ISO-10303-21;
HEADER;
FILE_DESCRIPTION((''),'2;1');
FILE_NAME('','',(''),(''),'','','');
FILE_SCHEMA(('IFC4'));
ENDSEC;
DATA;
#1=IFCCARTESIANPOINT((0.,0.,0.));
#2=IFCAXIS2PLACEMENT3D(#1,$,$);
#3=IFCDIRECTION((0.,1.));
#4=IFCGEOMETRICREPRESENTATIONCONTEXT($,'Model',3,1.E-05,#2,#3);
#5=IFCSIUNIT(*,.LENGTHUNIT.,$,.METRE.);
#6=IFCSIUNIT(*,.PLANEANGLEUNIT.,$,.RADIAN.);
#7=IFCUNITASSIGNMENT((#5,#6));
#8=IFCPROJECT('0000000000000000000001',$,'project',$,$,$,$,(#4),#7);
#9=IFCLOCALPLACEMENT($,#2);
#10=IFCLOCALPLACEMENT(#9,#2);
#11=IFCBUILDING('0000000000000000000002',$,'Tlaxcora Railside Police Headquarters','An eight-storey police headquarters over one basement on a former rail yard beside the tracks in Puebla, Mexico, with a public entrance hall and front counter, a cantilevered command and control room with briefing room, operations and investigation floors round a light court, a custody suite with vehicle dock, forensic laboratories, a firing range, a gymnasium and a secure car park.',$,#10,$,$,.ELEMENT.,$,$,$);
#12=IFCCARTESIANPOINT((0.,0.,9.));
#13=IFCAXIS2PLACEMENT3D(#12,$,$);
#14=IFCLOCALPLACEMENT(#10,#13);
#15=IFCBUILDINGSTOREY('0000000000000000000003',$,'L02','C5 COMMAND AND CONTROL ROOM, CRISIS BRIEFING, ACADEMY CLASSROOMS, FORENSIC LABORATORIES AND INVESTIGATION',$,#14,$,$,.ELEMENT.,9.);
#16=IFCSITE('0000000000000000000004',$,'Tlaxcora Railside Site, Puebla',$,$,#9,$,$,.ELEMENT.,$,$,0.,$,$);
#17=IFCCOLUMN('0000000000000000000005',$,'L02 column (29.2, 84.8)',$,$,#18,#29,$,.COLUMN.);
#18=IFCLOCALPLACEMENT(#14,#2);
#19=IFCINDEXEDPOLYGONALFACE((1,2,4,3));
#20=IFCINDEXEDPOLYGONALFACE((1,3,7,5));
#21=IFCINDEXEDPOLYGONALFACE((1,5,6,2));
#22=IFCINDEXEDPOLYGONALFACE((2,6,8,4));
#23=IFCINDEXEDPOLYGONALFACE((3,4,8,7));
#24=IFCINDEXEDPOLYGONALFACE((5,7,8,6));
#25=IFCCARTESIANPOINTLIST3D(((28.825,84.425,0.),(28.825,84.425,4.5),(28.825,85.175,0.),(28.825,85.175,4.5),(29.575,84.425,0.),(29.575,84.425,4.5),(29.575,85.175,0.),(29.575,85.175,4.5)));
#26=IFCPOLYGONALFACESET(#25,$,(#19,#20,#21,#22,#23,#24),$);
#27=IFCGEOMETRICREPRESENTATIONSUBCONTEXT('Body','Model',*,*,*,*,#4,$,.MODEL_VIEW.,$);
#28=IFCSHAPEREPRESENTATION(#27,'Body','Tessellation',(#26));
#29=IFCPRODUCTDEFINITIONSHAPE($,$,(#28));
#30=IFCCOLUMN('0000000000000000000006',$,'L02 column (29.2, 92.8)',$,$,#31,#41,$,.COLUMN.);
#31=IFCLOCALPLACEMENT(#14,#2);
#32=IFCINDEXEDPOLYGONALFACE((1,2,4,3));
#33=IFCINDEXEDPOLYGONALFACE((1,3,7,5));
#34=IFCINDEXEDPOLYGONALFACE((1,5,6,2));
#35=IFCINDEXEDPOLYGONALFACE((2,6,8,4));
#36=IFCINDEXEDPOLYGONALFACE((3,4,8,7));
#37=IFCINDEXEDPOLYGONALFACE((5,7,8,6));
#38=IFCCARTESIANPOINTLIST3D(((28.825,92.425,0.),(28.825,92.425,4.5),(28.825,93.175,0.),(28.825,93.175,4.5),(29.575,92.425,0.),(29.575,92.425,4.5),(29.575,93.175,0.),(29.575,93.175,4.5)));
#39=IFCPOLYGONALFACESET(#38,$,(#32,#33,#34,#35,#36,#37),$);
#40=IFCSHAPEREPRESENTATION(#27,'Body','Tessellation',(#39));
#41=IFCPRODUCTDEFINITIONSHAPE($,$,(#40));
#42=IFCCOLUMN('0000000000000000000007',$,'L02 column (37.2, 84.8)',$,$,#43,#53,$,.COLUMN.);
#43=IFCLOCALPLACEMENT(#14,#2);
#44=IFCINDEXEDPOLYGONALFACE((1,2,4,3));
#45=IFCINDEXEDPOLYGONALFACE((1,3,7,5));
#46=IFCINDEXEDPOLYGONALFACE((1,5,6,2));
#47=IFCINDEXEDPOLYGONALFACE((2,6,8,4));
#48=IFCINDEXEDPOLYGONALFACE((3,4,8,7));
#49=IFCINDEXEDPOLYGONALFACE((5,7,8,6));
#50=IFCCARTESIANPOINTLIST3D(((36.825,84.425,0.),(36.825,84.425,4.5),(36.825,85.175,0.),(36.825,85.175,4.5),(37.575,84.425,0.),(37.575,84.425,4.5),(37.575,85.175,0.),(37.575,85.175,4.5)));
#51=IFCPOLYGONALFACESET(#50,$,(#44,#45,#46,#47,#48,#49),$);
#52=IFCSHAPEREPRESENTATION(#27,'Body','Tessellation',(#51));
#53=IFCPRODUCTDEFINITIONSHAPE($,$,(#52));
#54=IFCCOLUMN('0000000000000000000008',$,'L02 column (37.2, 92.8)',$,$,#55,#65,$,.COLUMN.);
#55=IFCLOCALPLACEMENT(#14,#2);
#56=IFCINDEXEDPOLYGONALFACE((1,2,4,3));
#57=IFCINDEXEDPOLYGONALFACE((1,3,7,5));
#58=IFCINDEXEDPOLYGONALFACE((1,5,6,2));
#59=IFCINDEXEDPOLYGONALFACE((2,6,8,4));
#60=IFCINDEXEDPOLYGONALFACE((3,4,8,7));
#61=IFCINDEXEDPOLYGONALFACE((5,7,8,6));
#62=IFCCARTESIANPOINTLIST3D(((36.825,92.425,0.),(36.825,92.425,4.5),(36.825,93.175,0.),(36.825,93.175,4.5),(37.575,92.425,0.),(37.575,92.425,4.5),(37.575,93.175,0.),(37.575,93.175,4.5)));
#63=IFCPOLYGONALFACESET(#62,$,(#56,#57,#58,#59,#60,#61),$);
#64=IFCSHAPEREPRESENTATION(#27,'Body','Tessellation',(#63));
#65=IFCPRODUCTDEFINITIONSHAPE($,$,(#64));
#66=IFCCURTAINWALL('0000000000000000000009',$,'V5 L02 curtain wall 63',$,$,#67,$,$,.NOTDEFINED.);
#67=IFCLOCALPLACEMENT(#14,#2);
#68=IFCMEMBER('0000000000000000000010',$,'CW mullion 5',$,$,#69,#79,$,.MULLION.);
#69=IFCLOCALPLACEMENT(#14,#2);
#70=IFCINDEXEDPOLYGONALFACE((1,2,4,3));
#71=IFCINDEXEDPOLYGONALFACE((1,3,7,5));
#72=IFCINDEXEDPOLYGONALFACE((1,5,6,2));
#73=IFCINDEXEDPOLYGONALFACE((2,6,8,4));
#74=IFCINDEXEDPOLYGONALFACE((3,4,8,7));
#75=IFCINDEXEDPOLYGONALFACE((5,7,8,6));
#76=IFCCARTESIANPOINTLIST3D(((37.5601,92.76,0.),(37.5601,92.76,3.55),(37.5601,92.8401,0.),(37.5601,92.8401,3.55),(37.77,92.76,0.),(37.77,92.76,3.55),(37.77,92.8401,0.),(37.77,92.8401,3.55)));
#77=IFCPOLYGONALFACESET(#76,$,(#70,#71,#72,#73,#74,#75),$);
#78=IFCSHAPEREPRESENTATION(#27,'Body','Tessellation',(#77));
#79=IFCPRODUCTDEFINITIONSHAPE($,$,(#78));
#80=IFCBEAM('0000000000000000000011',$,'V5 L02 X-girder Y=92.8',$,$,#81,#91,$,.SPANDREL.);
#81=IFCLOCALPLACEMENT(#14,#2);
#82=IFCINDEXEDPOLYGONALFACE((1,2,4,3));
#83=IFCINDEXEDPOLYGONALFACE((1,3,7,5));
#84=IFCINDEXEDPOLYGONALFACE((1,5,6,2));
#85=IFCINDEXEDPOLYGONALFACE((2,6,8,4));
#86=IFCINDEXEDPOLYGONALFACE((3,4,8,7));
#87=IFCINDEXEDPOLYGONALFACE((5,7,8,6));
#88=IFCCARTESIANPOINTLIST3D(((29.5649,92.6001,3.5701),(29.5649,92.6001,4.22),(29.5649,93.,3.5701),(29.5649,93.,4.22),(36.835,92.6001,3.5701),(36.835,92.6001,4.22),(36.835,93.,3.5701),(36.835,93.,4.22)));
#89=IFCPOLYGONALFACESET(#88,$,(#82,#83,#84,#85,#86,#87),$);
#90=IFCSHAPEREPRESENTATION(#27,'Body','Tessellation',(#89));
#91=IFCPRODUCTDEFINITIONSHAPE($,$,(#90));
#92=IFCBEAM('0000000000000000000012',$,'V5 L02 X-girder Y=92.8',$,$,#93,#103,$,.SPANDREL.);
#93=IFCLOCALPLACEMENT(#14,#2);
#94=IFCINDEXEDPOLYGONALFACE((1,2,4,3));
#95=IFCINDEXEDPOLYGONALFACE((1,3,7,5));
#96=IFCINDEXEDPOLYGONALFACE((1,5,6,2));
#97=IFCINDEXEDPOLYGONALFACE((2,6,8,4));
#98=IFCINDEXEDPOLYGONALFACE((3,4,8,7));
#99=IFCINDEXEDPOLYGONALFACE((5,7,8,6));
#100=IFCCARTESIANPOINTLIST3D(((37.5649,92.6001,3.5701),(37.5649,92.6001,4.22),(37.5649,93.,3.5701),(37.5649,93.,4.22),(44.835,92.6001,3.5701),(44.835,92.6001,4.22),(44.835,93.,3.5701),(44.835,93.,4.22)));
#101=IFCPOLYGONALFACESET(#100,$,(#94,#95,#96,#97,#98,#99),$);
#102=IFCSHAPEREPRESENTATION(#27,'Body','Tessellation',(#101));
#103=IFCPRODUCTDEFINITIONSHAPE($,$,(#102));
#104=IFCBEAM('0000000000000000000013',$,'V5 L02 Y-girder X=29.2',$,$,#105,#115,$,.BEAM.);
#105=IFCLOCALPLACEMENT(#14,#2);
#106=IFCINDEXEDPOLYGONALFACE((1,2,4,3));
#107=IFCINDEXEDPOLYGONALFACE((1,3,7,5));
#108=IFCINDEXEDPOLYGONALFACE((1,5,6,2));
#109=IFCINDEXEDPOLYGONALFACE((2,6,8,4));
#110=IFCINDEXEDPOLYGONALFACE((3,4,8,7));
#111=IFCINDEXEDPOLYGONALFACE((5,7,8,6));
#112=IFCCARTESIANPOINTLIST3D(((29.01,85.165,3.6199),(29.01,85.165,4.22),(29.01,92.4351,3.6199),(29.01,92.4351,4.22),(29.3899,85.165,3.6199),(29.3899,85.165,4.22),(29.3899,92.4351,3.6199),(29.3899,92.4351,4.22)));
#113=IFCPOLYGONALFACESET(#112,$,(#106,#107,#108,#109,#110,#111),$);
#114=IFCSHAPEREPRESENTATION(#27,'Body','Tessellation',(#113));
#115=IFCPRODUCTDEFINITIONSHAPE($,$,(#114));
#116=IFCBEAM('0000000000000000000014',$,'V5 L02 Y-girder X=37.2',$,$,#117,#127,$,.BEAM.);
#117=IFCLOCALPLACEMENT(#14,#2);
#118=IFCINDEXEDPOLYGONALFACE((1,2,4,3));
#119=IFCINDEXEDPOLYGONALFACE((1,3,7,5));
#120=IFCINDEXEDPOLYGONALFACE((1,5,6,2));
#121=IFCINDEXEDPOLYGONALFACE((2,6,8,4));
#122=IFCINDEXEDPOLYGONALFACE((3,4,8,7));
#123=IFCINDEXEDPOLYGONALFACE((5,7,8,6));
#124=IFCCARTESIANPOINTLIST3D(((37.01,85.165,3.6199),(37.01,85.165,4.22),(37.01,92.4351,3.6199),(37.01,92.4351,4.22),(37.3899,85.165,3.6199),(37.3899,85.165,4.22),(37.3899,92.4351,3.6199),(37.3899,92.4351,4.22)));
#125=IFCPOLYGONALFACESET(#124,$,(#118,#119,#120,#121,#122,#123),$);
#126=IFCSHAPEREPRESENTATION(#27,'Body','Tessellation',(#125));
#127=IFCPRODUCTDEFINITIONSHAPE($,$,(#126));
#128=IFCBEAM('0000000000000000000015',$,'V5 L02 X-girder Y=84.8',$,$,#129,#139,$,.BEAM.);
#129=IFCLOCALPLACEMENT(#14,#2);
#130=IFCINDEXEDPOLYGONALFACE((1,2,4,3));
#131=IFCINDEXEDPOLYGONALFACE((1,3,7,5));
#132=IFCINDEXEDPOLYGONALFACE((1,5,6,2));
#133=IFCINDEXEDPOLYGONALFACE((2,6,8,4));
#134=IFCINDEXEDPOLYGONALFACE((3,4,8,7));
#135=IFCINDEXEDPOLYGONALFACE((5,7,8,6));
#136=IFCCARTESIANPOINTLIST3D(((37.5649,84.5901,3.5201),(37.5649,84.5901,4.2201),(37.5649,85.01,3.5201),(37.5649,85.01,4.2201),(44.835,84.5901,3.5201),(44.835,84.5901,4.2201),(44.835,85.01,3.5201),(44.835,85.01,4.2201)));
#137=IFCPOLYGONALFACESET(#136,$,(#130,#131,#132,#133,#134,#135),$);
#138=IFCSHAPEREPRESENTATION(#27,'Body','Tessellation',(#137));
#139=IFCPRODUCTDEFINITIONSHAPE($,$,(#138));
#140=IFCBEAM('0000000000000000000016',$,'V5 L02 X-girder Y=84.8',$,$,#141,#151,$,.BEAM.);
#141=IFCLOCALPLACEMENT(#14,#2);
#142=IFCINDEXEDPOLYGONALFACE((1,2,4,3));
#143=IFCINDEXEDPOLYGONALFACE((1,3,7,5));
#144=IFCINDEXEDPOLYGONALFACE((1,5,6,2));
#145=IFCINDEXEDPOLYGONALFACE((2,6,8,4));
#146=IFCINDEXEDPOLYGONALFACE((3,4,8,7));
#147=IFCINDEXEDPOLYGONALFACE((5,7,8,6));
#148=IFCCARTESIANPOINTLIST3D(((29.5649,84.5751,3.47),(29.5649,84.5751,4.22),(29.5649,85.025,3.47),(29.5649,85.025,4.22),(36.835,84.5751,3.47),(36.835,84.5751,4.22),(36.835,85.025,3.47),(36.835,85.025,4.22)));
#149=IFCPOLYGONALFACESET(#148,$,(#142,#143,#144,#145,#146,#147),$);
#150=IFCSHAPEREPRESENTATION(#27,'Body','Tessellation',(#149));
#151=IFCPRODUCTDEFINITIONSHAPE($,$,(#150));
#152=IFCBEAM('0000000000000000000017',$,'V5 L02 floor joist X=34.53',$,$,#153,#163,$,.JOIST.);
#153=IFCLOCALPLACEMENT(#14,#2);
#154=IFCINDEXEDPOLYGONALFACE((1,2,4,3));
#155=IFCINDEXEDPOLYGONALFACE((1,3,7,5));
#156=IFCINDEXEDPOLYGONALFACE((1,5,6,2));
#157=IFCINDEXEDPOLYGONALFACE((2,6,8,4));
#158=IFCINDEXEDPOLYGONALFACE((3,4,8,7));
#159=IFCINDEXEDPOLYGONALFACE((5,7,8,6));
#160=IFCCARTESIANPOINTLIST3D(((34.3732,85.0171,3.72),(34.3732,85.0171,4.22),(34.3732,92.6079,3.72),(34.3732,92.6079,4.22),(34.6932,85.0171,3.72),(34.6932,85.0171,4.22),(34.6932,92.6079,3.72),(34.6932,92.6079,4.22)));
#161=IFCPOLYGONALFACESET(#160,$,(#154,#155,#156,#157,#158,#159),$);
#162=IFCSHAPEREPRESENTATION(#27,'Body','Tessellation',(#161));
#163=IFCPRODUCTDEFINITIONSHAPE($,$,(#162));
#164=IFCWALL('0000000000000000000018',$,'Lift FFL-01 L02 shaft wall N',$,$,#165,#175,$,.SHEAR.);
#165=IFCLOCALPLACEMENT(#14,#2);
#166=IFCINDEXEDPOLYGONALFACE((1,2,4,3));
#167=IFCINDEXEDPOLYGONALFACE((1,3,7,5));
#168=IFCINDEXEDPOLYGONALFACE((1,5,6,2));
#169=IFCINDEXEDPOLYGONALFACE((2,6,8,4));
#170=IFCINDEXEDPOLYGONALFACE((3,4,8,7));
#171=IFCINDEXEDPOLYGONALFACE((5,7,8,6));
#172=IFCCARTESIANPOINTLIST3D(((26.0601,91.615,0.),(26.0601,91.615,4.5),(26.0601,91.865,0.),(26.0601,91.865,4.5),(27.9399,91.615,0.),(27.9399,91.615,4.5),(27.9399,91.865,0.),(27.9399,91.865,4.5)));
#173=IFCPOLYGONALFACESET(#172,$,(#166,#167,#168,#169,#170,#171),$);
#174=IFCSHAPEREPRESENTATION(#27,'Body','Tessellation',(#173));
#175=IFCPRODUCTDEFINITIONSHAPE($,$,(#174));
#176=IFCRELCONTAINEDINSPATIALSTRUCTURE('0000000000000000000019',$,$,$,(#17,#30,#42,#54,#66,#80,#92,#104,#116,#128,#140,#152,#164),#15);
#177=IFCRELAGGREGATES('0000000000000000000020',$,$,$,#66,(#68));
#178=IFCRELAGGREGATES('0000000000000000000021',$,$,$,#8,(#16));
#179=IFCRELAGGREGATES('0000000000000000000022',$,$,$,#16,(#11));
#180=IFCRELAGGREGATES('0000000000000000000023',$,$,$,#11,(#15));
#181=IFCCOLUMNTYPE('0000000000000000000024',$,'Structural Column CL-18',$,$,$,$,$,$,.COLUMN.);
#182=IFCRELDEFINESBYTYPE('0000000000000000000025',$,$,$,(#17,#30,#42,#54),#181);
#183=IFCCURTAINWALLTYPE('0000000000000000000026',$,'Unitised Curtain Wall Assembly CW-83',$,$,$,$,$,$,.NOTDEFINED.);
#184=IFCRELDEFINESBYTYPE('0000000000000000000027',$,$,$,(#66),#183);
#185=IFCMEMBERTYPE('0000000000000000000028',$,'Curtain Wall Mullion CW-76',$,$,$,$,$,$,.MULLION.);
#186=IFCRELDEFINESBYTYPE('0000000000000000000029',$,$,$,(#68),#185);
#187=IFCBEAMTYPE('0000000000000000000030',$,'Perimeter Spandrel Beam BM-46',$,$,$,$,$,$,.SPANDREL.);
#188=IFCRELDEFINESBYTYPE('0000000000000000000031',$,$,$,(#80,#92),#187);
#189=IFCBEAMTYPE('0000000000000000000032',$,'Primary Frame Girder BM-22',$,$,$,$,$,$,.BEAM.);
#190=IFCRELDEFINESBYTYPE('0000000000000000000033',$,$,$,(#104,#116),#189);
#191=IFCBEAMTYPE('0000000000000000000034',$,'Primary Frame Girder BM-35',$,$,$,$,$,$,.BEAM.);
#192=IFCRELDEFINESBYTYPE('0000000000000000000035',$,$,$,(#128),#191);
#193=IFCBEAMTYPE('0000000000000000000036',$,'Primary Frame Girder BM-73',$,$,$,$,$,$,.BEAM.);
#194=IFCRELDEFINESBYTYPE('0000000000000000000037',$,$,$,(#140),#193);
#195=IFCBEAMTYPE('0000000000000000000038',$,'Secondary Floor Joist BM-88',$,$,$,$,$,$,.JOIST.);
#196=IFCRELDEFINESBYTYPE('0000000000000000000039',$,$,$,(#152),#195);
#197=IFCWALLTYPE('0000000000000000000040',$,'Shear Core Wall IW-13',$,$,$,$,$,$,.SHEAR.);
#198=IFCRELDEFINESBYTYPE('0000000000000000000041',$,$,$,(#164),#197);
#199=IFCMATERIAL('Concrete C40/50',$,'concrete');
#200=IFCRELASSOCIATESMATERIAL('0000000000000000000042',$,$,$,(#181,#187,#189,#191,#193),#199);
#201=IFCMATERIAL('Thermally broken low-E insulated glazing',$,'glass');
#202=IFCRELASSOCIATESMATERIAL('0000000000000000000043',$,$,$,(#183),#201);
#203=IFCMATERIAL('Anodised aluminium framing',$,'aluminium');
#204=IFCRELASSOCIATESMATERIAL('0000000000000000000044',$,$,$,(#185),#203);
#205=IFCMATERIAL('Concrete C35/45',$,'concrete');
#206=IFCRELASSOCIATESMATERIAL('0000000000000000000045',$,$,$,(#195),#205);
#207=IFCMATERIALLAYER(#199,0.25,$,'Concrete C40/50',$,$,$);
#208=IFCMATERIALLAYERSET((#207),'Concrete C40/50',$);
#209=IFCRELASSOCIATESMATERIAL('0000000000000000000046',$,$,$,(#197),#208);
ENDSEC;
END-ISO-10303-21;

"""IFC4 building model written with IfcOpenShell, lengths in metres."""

from ifc_helpers import new_model, si_unit, direction, frame, frame_2d, origin, origin_2d, place, context, subcontext, project, spatial, rectangle, extrude, material, layer, layer_set, material_profile, profile_set, type_object, element, aggregate, save


model = new_model("IFC4")

# Units and contexts
model_context = context("Model", 3, precision=1e-05, world=origin(), true_north=direction((0.0, 1.0)))
body_context = subcontext(model_context, "Body", "Model", "MODEL_VIEW")
ifc_project = project(units=[si_unit("LENGTHUNIT", "METRE"), si_unit("PLANEANGLEUNIT", "RADIAN")], contexts=[model_context])

# Site, building, storey
site_placement = place(None, origin())
site = spatial("IfcSite", under=ifc_project, at=site_placement, Name="Tlaxcora Railside Site, Puebla", CompositionType="ELEMENT", RefElevation=0.0)
building_placement = place(site_placement, origin())
building = spatial("IfcBuilding", under=site, at=building_placement, Name="Tlaxcora Railside Police Headquarters", Description="An eight-storey police headquarters over one basement on a former rail yard beside the tracks in Puebla, Mexico, with a public entrance hall and front counter, a cantilevered command and control room with briefing room, operations and investigation floors round a light court, a custody suite with vehicle dock, forensic laboratories, a firing range, a gymnasium and a secure car park.", CompositionType="ELEMENT")
storey_placement = place(building_placement, frame((0.0, 0.0, 9.0)))
storey = spatial("IfcBuildingStorey", under=building, at=storey_placement, Name="L02", Description="C5 COMMAND AND CONTROL ROOM, CRISIS BRIEFING, ACADEMY CLASSROOMS, FORENSIC LABORATORIES AND INVESTIGATION", CompositionType="ELEMENT", Elevation=9.0)

# Columns
ifc_material_1 = material(Name="Concrete C40/50", Category="concrete")
ifc_material_profile_1 = material_profile(ifc_material_1, rectangle(XDim=0.75, YDim=0.75, at=origin_2d()), Name="RC750X750")
ifc_profile_set_1 = profile_set([ifc_material_profile_1], Name="Concrete C40/50")
column_type = type_object("IfcColumnType", Name="Structural Column CL-18", PredefinedType="COLUMN", material=ifc_profile_set_1)
for number, where, z_axis, x_axis, name in (
    (1, (29.2, 84.8, 0.0), (0.0, 0.0, 1.0), (1.0, 0.0, 0.0), "L02 column (29.2, 84.8)"),
    (2, (29.2, 92.8, 0.0), (0.0, 0.0, 1.0), (1.0, 0.0, 0.0), "L02 column (29.2, 92.8)"),
    (3, (37.2, 84.8, 0.0), (0.0, 0.0, 1.0), (1.0, 0.0, 0.0), "L02 column (37.2, 84.8)"),
    (4, (37.2, 92.8, 0.0), (0.0, 0.0, 1.0), (1.0, 0.0, 0.0), "L02 column (37.2, 92.8)"),
):
    element("IfcColumn", number, at=place(storey_placement, frame(where, z_axis=z_axis, x_axis=x_axis)), inside=storey, type_object=column_type, Name=name, PredefinedType="COLUMN", context=body_context, shape_type="SweptSolid", body=[
        extrude(rectangle(XDim=0.75, YDim=0.75, at=origin_2d()), origin(), (0.0, 0.0, 1.0), 4.5),
    ])

# Curtain wall, member
ifc_material_2 = material(Name="Thermally broken low-E insulated glazing", Category="glass")
curtain_wall_type = type_object("IfcCurtainWallType", Name="Unitised Curtain Wall Assembly CW-83", PredefinedType="NOTDEFINED", material=ifc_material_2)
curtain_wall_placement = place(storey_placement, origin())
curtain_wall = element("IfcCurtainWall", 5, at=curtain_wall_placement, inside=storey, type_object=curtain_wall_type, Name="V5 L02 curtain wall 63", PredefinedType="NOTDEFINED")
ifc_material_3 = material(Name="Anodised aluminium framing", Category="aluminium")
ifc_material_profile_2 = material_profile(ifc_material_3, rectangle(XDim=0.0801, YDim=0.21, at=origin_2d()), Name="AL80X210")
ifc_profile_set_2 = profile_set([ifc_material_profile_2], Name="Anodised aluminium framing")
member_type = type_object("IfcMemberType", Name="Curtain Wall Mullion CW-76", PredefinedType="MULLION", material=ifc_profile_set_2)
member_placement = place(storey_placement, frame((37.665, 92.8, 0.0), z_axis=(0.0, 0.0, 1.0), x_axis=(0.0, -1.0, 0.0)))
member = element("IfcMember", 6, at=member_placement, type_object=member_type, Name="CW mullion 5", PredefinedType="MULLION", context=body_context, shape_type="SweptSolid", body=[
    extrude(rectangle(XDim=0.0801, YDim=0.21, at=origin_2d()), origin(), (0.0, 0.0, 1.0), 3.55),
])
aggregate(curtain_wall, [member])

# Beams
ifc_material_profile_3 = material_profile(ifc_material_1, rectangle(XDim=0.3999, YDim=0.6499, at=origin_2d()), Name="RC400X650")
ifc_profile_set_3 = profile_set([ifc_material_profile_3], Name="Concrete C40/50")
beam_type_1 = type_object("IfcBeamType", Name="Perimeter Spandrel Beam BM-46", PredefinedType="SPANDREL", material=ifc_profile_set_3)
for number, where, z_axis, x_axis, name in (
    (7, (29.5649, 92.8, 3.895), (1.0, 0.0, 0.0), (0.0, 1.0, 0.0), "V5 L02 X-girder Y=92.8"),
    (8, (37.5649, 92.8, 3.895), (1.0, 0.0, 0.0), (0.0, 1.0, 0.0), "V5 L02 X-girder Y=92.8"),
):
    element("IfcBeam", number, at=place(storey_placement, frame(where, z_axis=z_axis, x_axis=x_axis)), inside=storey, type_object=beam_type_1, Name=name, PredefinedType="SPANDREL", context=body_context, shape_type="SweptSolid", body=[
        extrude(rectangle(XDim=0.3999, YDim=0.6499, at=origin_2d()), origin(), (0.0, 0.0, 1.0), 7.27),
    ])
ifc_material_profile_4 = material_profile(ifc_material_1, rectangle(XDim=0.3799, YDim=0.6001, at=origin_2d()), Name="RC380X600")
ifc_profile_set_4 = profile_set([ifc_material_profile_4], Name="Concrete C40/50")
beam_type_2 = type_object("IfcBeamType", Name="Primary Frame Girder BM-22", PredefinedType="BEAM", material=ifc_profile_set_4)
for number, where, z_axis, x_axis, name in (
    (9, (29.2, 85.165, 3.9199), (0.0, 1.0, 0.0), (-1.0, 0.0, 0.0), "V5 L02 Y-girder X=29.2"),
    (10, (37.2, 85.165, 3.9199), (0.0, 1.0, 0.0), (-1.0, 0.0, 0.0), "V5 L02 Y-girder X=37.2"),
):
    element("IfcBeam", number, at=place(storey_placement, frame(where, z_axis=z_axis, x_axis=x_axis)), inside=storey, type_object=beam_type_2, Name=name, PredefinedType="BEAM", context=body_context, shape_type="SweptSolid", body=[
        extrude(rectangle(XDim=0.3799, YDim=0.6001, at=origin_2d()), origin(), (0.0, 0.0, 1.0), 7.27),
    ])
ifc_material_profile_5 = material_profile(ifc_material_1, rectangle(XDim=0.4199, YDim=0.7, at=origin_2d()), Name="RC420X700")
ifc_profile_set_5 = profile_set([ifc_material_profile_5], Name="Concrete C40/50")
beam_type_3 = type_object("IfcBeamType", Name="Primary Frame Girder BM-35", PredefinedType="BEAM", material=ifc_profile_set_5)
beam_1_placement = place(storey_placement, frame((37.5649, 84.8, 3.8701), z_axis=(1.0, 0.0, 0.0), x_axis=(0.0, 1.0, 0.0)))
element("IfcBeam", 11, at=beam_1_placement, inside=storey, type_object=beam_type_3, Name="V5 L02 X-girder Y=84.8", PredefinedType="BEAM", context=body_context, shape_type="SweptSolid", body=[
    extrude(rectangle(XDim=0.4199, YDim=0.7, at=origin_2d()), origin(), (0.0, 0.0, 1.0), 7.27),
])
ifc_material_profile_6 = material_profile(ifc_material_1, rectangle(XDim=0.45, YDim=0.75, at=origin_2d()), Name="RC450X750")
ifc_profile_set_6 = profile_set([ifc_material_profile_6], Name="Concrete C40/50")
beam_type_4 = type_object("IfcBeamType", Name="Primary Frame Girder BM-73", PredefinedType="BEAM", material=ifc_profile_set_6)
beam_2_placement = place(storey_placement, frame((29.5649, 84.8, 3.845), z_axis=(1.0, 0.0, 0.0), x_axis=(0.0, 1.0, 0.0)))
element("IfcBeam", 12, at=beam_2_placement, inside=storey, type_object=beam_type_4, Name="V5 L02 X-girder Y=84.8", PredefinedType="BEAM", context=body_context, shape_type="SweptSolid", body=[
    extrude(rectangle(XDim=0.45, YDim=0.75, at=origin_2d()), origin(), (0.0, 0.0, 1.0), 7.27),
])
ifc_material_4 = material(Name="Concrete C35/45", Category="concrete")
ifc_material_profile_7 = material_profile(ifc_material_4, rectangle(XDim=0.3201, YDim=0.5, at=origin_2d()), Name="RC320X500")
ifc_profile_set_7 = profile_set([ifc_material_profile_7], Name="Concrete C35/45")
beam_type_5 = type_object("IfcBeamType", Name="Secondary Floor Joist BM-88", PredefinedType="JOIST", material=ifc_profile_set_7)
beam_3_placement = place(storey_placement, frame((34.5332, 85.0171, 3.97), z_axis=(0.0, 1.0, 0.0), x_axis=(-1.0, 0.0, 0.0)))
element("IfcBeam", 13, at=beam_3_placement, inside=storey, type_object=beam_type_5, Name="V5 L02 floor joist X=34.53", PredefinedType="JOIST", context=body_context, shape_type="SweptSolid", body=[
    extrude(rectangle(XDim=0.3201, YDim=0.5, at=origin_2d()), origin(), (0.0, 0.0, 1.0), 7.5908),
])

# Wall
ifc_layer_1 = layer(ifc_material_1, 0.25, Name="Concrete C40/50")
ifc_layer_set_1 = layer_set([ifc_layer_1], Name="Concrete C40/50")
wall_type_1 = type_object("IfcWallType", Name="Shear Core Wall IW-13", PredefinedType="SHEAR", material=ifc_layer_set_1)
wall_1_placement = place(storey_placement, frame((27.9399, 91.74, 0.0), z_axis=(0.0, 0.0, 1.0), x_axis=(-1.0, 0.0, 0.0)))
element("IfcWall", 14, at=wall_1_placement, inside=storey, type_object=wall_type_1, Name="Lift FFL-01 L02 shaft wall N", PredefinedType="SHEAR", context=body_context, shape_type="SweptSolid", body=[
    extrude(rectangle(XDim=1.8799, YDim=0.25, at=frame_2d((0.9399, 0.0))), origin(), (0.0, 0.0, 1.0), 4.5),
])

save(model, "model.ifc")
